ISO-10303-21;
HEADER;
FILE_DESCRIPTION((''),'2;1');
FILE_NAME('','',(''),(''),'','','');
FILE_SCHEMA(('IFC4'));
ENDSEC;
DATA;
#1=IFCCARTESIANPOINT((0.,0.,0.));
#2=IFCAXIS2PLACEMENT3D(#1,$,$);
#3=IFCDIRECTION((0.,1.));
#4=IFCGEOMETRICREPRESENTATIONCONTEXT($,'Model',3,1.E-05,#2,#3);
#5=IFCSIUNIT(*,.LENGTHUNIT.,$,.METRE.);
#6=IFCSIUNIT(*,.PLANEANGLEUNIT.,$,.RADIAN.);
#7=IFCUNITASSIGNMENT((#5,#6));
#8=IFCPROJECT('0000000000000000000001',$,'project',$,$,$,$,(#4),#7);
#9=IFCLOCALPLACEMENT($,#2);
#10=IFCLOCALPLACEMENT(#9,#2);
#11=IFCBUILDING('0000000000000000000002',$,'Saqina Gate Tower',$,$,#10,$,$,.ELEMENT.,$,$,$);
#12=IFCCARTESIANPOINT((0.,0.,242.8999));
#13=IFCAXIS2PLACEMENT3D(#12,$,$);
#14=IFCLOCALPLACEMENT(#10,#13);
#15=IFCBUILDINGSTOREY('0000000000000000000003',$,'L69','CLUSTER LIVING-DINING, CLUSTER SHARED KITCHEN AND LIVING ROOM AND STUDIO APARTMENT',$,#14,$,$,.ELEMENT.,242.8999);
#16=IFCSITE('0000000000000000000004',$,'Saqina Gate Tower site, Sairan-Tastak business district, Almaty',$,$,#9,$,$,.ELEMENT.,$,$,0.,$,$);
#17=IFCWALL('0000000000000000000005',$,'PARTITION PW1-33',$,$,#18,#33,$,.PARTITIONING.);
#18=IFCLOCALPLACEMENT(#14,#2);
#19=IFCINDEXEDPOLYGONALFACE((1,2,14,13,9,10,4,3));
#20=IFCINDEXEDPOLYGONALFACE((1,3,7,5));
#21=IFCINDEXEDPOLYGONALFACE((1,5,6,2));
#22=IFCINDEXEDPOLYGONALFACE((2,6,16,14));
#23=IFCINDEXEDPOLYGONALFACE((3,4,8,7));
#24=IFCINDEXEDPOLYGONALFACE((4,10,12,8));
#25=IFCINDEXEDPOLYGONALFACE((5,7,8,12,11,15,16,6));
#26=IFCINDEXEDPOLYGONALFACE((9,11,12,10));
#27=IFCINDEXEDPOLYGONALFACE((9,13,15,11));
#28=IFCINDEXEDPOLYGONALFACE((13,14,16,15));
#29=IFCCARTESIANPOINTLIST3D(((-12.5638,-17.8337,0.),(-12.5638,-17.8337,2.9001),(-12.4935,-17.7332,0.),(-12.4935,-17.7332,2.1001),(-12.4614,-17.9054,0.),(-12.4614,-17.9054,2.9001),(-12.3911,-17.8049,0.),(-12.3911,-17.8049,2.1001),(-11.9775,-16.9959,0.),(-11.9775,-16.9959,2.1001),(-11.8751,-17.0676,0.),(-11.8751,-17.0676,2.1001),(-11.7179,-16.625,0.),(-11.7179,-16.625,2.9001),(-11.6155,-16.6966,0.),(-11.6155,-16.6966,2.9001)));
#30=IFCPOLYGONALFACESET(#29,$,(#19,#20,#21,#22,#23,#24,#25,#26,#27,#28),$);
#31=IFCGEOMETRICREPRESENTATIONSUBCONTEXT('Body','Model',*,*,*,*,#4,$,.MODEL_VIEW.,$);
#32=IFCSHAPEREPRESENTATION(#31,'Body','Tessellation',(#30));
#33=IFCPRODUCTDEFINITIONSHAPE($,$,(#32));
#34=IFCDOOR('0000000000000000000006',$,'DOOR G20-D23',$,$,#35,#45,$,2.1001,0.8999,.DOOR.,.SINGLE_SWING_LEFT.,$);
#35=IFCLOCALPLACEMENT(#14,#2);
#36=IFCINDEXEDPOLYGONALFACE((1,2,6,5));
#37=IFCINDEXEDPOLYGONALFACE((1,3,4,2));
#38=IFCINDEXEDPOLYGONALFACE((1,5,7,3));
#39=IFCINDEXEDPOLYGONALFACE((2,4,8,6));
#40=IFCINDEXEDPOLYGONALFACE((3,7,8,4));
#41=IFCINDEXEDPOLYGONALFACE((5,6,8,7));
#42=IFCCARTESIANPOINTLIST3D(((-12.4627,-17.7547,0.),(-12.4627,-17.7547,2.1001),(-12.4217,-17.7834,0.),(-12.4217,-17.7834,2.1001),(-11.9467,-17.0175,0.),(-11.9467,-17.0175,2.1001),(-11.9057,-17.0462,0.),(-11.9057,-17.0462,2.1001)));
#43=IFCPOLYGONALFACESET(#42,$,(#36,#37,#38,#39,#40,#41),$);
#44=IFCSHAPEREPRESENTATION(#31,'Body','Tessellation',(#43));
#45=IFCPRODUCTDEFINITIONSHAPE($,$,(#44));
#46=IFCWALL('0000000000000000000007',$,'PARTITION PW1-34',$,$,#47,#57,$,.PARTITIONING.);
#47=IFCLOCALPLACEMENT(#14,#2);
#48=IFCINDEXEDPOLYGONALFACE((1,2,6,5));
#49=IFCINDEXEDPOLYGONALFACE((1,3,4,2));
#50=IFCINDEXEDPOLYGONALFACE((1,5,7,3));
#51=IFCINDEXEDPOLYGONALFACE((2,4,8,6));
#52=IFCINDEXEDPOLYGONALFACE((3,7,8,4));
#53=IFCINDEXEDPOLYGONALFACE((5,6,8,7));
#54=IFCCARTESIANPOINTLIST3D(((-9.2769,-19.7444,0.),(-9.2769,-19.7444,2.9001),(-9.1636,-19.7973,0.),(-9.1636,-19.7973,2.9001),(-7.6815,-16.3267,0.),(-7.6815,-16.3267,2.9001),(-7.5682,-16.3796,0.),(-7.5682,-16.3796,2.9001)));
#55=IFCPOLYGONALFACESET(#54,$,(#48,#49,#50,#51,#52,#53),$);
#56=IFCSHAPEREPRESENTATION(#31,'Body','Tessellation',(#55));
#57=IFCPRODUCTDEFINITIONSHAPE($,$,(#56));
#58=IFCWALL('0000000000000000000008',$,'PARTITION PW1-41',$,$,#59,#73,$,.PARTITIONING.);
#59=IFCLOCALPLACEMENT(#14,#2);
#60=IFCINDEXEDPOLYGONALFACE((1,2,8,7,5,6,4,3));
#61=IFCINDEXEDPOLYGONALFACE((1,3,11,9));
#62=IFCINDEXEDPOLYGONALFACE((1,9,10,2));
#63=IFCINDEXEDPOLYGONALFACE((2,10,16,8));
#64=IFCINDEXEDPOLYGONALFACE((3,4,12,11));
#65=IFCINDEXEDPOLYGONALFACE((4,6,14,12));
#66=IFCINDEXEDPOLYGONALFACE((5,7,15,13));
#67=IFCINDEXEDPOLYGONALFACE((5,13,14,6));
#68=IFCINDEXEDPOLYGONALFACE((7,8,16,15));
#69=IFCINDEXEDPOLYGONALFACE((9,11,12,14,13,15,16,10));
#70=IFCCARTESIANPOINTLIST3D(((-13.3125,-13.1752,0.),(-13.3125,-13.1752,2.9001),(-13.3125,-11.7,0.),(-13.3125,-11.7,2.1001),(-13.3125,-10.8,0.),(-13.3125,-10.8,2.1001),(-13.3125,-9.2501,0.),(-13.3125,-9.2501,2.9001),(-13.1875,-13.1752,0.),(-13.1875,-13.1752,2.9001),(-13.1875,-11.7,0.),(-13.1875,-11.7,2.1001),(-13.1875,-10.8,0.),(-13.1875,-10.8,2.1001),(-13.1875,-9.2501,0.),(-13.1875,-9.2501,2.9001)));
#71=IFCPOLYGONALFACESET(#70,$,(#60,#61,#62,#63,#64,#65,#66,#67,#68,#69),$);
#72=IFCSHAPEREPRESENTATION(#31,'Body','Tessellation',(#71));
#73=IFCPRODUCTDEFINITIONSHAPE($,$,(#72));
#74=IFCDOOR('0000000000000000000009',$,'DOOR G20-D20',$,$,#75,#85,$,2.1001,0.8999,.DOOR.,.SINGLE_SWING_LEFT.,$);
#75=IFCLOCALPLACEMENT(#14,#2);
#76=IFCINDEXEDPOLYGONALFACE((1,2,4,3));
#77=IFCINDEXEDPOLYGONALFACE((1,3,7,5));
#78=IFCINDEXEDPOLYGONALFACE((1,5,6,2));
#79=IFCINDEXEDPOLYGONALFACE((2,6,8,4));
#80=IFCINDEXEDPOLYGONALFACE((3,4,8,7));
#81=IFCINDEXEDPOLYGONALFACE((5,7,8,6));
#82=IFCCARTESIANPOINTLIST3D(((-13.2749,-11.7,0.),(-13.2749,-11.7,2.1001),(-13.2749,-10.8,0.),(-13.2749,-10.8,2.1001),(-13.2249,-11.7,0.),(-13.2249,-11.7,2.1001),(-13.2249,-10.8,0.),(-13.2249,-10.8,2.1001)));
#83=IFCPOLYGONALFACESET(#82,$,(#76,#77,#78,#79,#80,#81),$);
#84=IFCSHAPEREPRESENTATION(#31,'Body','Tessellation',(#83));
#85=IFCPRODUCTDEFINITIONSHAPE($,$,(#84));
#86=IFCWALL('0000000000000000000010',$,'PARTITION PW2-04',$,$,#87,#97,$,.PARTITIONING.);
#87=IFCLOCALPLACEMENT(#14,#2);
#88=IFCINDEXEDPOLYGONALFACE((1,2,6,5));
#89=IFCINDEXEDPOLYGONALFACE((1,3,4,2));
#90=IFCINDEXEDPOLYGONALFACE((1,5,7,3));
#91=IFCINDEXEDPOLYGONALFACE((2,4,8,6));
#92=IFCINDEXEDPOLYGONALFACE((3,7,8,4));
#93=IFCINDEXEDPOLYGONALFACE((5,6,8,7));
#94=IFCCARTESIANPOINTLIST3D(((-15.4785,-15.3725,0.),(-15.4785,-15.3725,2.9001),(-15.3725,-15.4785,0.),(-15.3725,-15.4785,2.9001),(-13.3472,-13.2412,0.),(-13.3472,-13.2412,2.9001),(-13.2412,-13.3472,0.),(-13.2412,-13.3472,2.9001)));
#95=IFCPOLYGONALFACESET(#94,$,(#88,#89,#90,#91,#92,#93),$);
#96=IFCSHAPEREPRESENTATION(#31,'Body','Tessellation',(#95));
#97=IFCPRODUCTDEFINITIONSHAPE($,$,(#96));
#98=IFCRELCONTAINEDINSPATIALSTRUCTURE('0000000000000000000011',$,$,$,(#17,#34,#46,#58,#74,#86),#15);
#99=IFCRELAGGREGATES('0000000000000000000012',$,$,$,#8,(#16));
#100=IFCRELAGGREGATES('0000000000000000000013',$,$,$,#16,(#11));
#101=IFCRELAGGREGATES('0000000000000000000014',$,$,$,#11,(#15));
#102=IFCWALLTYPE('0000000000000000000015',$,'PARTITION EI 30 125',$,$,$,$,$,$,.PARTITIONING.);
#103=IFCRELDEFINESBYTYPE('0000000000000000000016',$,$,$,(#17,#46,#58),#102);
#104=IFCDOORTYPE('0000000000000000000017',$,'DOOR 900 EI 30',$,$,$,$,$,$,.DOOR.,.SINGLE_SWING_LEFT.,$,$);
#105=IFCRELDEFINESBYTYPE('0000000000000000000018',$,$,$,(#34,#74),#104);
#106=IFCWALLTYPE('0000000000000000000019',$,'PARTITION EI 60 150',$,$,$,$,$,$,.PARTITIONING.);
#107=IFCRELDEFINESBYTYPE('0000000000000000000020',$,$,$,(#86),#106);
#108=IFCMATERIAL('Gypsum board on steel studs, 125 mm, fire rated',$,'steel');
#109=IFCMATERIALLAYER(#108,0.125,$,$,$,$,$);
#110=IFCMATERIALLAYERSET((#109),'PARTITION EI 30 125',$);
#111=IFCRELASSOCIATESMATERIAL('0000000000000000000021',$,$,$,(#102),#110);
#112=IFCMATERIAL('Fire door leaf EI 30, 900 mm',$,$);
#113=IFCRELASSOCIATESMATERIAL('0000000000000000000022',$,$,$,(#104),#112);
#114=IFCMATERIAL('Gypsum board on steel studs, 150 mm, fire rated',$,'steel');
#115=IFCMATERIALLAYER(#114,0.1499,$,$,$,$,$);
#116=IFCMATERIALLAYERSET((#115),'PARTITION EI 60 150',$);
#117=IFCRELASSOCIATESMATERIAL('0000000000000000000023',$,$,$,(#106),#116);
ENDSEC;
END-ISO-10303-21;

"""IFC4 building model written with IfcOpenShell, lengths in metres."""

from ifc_helpers import new_model, si_unit, direction, frame, frame_2d, origin, place, context, subcontext, project, spatial, rectangle, extrude, material, layer, layer_set, type_object, element, fill, save


model = new_model("IFC4")

# Units and contexts
model_context = context("Model", 3, precision=1e-05, world=origin(), true_north=direction((0.0, 1.0)))
body_context = subcontext(model_context, "Body", "Model", "MODEL_VIEW")
ifc_project = project(units=[si_unit("LENGTHUNIT", "METRE"), si_unit("PLANEANGLEUNIT", "RADIAN")], contexts=[model_context])

# Site, building, storey
site_placement = place(None, origin())
site = spatial("IfcSite", under=ifc_project, at=site_placement, Name="Saqina Gate Tower site, Sairan-Tastak business district, Almaty", CompositionType="ELEMENT", RefElevation=0.0)
building_placement = place(site_placement, origin())
building = spatial("IfcBuilding", under=site, at=building_placement, Name="Saqina Gate Tower", CompositionType="ELEMENT")
storey_placement = place(building_placement, frame((0.0, 0.0, 242.8999)))
storey = spatial("IfcBuildingStorey", under=building, at=storey_placement, Name="L69", Description="CLUSTER LIVING-DINING, CLUSTER SHARED KITCHEN AND LIVING ROOM AND STUDIO APARTMENT", CompositionType="ELEMENT", Elevation=242.8999)

# Wall, opening, door
ifc_material_1 = material(Name="Gypsum board on steel studs, 125 mm, fire rated", Category="steel")
ifc_layer_1 = layer(ifc_material_1, 0.125)
ifc_layer_set_1 = layer_set([ifc_layer_1], Name="PARTITION EI 30 125")
wall_type_1 = type_object("IfcWallType", Name="PARTITION EI 30 125", PredefinedType="PARTITIONING", material=ifc_layer_set_1)
ifc_material_2 = material(Name="Fire door leaf EI 30, 900 mm")
door_type_1 = type_object("IfcDoorType", Name="DOOR 900 EI 30", OperationType="SINGLE_SWING_LEFT", PredefinedType="DOOR", material=ifc_material_2)
wall_1_placement = place(storey_placement, frame((-12.5127, -17.8696, 0.0), z_axis=(0.0, 0.0, 1.0), x_axis=(0.573385, 0.819286, 0.0)))
wall_1 = element("IfcWall", 1, at=wall_1_placement, inside=storey, type_object=wall_type_1, Name="PARTITION PW1-33", PredefinedType="PARTITIONING", context=body_context, shape_type="SweptSolid", body=[
    extrude(rectangle(XDim=1.4753, YDim=0.125, at=frame_2d((0.7378, 0.0))), origin(), (0.0, 0.0, 1.0), 2.9001),
])
opening_1_placement = place(wall_1_placement, frame((0.1228, 0.0, 0.0)))
opening_1 = element("IfcOpeningElement", 2, at=opening_1_placement, cuts=wall_1, PredefinedType="OPENING", context=body_context, shape_type="SweptSolid", body=[
    extrude(rectangle(XDim=0.8999, YDim=2.1001, at=frame_2d((0.45, 1.05))), frame((0.0, 0.0745, 0.0), z_axis=(0.0, -1.0, 0.0), x_axis=(1.0, 0.0, 0.0)), (0.0, 0.0, 1.0), 0.1489),
])
door_1_placement = place(opening_1_placement, origin())
door_1 = element("IfcDoor", 3, at=door_1_placement, inside=storey, type_object=door_type_1, Name="DOOR G20-D23", OperationType="SINGLE_SWING_LEFT", OverallHeight=2.1001, OverallWidth=0.8999, PredefinedType="DOOR", context=body_context, shape_type="SweptSolid", body=[
    extrude(rectangle(XDim=0.8999, YDim=2.1001, at=frame_2d((0.45, 1.05))), frame((0.0, 0.0249, 0.0), z_axis=(0.0, -1.0, 0.0), x_axis=(1.0, 0.0, 0.0)), (0.0, 0.0, 1.0), 0.05),
])
fill(opening_1, door_1)

# Wall
wall_2_placement = place(storey_placement, frame((-9.2202, -19.7708, 0.0), z_axis=(0.0, 0.0, 1.0), x_axis=(0.422999, 0.90613, 0.0)))
element("IfcWall", 4, at=wall_2_placement, inside=storey, type_object=wall_type_1, Name="PARTITION PW1-34", PredefinedType="PARTITIONING", context=body_context, shape_type="SweptSolid", body=[
    extrude(rectangle(XDim=3.7717, YDim=0.125, at=frame_2d((1.8857, 0.0))), origin(), (0.0, 0.0, 1.0), 2.9001),
])

# Wall, opening, door
wall_3_placement = place(storey_placement, frame((-13.25, -13.175, 0.0), z_axis=(0.0, 0.0, 1.0), x_axis=(0.0, 1.0, 0.0)))
wall_3 = element("IfcWall", 5, at=wall_3_placement, inside=storey, type_object=wall_type_1, Name="PARTITION PW1-41", PredefinedType="PARTITIONING", context=body_context, shape_type="SweptSolid", body=[
    extrude(rectangle(XDim=3.925, YDim=0.125, at=frame_2d((1.9624, 0.0))), origin(), (0.0, 0.0, 1.0), 2.9001),
])
opening_2_placement = place(wall_3_placement, frame((1.4751, 0.0, 0.0)))
opening_2 = element("IfcOpeningElement", 6, at=opening_2_placement, cuts=wall_3, PredefinedType="OPENING", context=body_context, shape_type="SweptSolid", body=[
    extrude(rectangle(XDim=0.8999, YDim=2.1001, at=frame_2d((0.45, 1.05))), frame((0.0, 0.0745, 0.0), z_axis=(0.0, -1.0, 0.0), x_axis=(1.0, 0.0, 0.0)), (0.0, 0.0, 1.0), 0.1489),
])
door_2_placement = place(opening_2_placement, origin())
door_2 = element("IfcDoor", 7, at=door_2_placement, inside=storey, type_object=door_type_1, Name="DOOR G20-D20", OperationType="SINGLE_SWING_LEFT", OverallHeight=2.1001, OverallWidth=0.8999, PredefinedType="DOOR", context=body_context, shape_type="SweptSolid", body=[
    extrude(rectangle(XDim=0.8999, YDim=2.1001, at=frame_2d((0.45, 1.05))), frame((0.0, 0.0249, 0.0), z_axis=(0.0, -1.0, 0.0), x_axis=(1.0, 0.0, 0.0)), (0.0, 0.0, 1.0), 0.05),
])
fill(opening_2, door_2)

# Wall
ifc_material_3 = material(Name="Gypsum board on steel studs, 150 mm, fire rated", Category="steel")
ifc_layer_2 = layer(ifc_material_3, 0.1499)
ifc_layer_set_2 = layer_set([ifc_layer_2], Name="PARTITION EI 60 150")
wall_type_2 = type_object("IfcWallType", Name="PARTITION EI 60 150", PredefinedType="PARTITIONING", material=ifc_layer_set_2)
wall_4_placement = place(storey_placement, frame((-15.4255, -15.4255, 0.0), z_axis=(0.0, 0.0, 1.0), x_axis=(0.707107, 0.707107, 0.0)))
element("IfcWall", 8, at=wall_4_placement, inside=storey, type_object=wall_type_2, Name="PARTITION PW2-04", PredefinedType="PARTITIONING", context=body_context, shape_type="SweptSolid", body=[
    extrude(rectangle(XDim=3.0142, YDim=0.1499, at=frame_2d((1.5071, 0.0))), origin(), (0.0, 0.0, 1.0), 2.9001),
])

save(model, "model.ifc")
